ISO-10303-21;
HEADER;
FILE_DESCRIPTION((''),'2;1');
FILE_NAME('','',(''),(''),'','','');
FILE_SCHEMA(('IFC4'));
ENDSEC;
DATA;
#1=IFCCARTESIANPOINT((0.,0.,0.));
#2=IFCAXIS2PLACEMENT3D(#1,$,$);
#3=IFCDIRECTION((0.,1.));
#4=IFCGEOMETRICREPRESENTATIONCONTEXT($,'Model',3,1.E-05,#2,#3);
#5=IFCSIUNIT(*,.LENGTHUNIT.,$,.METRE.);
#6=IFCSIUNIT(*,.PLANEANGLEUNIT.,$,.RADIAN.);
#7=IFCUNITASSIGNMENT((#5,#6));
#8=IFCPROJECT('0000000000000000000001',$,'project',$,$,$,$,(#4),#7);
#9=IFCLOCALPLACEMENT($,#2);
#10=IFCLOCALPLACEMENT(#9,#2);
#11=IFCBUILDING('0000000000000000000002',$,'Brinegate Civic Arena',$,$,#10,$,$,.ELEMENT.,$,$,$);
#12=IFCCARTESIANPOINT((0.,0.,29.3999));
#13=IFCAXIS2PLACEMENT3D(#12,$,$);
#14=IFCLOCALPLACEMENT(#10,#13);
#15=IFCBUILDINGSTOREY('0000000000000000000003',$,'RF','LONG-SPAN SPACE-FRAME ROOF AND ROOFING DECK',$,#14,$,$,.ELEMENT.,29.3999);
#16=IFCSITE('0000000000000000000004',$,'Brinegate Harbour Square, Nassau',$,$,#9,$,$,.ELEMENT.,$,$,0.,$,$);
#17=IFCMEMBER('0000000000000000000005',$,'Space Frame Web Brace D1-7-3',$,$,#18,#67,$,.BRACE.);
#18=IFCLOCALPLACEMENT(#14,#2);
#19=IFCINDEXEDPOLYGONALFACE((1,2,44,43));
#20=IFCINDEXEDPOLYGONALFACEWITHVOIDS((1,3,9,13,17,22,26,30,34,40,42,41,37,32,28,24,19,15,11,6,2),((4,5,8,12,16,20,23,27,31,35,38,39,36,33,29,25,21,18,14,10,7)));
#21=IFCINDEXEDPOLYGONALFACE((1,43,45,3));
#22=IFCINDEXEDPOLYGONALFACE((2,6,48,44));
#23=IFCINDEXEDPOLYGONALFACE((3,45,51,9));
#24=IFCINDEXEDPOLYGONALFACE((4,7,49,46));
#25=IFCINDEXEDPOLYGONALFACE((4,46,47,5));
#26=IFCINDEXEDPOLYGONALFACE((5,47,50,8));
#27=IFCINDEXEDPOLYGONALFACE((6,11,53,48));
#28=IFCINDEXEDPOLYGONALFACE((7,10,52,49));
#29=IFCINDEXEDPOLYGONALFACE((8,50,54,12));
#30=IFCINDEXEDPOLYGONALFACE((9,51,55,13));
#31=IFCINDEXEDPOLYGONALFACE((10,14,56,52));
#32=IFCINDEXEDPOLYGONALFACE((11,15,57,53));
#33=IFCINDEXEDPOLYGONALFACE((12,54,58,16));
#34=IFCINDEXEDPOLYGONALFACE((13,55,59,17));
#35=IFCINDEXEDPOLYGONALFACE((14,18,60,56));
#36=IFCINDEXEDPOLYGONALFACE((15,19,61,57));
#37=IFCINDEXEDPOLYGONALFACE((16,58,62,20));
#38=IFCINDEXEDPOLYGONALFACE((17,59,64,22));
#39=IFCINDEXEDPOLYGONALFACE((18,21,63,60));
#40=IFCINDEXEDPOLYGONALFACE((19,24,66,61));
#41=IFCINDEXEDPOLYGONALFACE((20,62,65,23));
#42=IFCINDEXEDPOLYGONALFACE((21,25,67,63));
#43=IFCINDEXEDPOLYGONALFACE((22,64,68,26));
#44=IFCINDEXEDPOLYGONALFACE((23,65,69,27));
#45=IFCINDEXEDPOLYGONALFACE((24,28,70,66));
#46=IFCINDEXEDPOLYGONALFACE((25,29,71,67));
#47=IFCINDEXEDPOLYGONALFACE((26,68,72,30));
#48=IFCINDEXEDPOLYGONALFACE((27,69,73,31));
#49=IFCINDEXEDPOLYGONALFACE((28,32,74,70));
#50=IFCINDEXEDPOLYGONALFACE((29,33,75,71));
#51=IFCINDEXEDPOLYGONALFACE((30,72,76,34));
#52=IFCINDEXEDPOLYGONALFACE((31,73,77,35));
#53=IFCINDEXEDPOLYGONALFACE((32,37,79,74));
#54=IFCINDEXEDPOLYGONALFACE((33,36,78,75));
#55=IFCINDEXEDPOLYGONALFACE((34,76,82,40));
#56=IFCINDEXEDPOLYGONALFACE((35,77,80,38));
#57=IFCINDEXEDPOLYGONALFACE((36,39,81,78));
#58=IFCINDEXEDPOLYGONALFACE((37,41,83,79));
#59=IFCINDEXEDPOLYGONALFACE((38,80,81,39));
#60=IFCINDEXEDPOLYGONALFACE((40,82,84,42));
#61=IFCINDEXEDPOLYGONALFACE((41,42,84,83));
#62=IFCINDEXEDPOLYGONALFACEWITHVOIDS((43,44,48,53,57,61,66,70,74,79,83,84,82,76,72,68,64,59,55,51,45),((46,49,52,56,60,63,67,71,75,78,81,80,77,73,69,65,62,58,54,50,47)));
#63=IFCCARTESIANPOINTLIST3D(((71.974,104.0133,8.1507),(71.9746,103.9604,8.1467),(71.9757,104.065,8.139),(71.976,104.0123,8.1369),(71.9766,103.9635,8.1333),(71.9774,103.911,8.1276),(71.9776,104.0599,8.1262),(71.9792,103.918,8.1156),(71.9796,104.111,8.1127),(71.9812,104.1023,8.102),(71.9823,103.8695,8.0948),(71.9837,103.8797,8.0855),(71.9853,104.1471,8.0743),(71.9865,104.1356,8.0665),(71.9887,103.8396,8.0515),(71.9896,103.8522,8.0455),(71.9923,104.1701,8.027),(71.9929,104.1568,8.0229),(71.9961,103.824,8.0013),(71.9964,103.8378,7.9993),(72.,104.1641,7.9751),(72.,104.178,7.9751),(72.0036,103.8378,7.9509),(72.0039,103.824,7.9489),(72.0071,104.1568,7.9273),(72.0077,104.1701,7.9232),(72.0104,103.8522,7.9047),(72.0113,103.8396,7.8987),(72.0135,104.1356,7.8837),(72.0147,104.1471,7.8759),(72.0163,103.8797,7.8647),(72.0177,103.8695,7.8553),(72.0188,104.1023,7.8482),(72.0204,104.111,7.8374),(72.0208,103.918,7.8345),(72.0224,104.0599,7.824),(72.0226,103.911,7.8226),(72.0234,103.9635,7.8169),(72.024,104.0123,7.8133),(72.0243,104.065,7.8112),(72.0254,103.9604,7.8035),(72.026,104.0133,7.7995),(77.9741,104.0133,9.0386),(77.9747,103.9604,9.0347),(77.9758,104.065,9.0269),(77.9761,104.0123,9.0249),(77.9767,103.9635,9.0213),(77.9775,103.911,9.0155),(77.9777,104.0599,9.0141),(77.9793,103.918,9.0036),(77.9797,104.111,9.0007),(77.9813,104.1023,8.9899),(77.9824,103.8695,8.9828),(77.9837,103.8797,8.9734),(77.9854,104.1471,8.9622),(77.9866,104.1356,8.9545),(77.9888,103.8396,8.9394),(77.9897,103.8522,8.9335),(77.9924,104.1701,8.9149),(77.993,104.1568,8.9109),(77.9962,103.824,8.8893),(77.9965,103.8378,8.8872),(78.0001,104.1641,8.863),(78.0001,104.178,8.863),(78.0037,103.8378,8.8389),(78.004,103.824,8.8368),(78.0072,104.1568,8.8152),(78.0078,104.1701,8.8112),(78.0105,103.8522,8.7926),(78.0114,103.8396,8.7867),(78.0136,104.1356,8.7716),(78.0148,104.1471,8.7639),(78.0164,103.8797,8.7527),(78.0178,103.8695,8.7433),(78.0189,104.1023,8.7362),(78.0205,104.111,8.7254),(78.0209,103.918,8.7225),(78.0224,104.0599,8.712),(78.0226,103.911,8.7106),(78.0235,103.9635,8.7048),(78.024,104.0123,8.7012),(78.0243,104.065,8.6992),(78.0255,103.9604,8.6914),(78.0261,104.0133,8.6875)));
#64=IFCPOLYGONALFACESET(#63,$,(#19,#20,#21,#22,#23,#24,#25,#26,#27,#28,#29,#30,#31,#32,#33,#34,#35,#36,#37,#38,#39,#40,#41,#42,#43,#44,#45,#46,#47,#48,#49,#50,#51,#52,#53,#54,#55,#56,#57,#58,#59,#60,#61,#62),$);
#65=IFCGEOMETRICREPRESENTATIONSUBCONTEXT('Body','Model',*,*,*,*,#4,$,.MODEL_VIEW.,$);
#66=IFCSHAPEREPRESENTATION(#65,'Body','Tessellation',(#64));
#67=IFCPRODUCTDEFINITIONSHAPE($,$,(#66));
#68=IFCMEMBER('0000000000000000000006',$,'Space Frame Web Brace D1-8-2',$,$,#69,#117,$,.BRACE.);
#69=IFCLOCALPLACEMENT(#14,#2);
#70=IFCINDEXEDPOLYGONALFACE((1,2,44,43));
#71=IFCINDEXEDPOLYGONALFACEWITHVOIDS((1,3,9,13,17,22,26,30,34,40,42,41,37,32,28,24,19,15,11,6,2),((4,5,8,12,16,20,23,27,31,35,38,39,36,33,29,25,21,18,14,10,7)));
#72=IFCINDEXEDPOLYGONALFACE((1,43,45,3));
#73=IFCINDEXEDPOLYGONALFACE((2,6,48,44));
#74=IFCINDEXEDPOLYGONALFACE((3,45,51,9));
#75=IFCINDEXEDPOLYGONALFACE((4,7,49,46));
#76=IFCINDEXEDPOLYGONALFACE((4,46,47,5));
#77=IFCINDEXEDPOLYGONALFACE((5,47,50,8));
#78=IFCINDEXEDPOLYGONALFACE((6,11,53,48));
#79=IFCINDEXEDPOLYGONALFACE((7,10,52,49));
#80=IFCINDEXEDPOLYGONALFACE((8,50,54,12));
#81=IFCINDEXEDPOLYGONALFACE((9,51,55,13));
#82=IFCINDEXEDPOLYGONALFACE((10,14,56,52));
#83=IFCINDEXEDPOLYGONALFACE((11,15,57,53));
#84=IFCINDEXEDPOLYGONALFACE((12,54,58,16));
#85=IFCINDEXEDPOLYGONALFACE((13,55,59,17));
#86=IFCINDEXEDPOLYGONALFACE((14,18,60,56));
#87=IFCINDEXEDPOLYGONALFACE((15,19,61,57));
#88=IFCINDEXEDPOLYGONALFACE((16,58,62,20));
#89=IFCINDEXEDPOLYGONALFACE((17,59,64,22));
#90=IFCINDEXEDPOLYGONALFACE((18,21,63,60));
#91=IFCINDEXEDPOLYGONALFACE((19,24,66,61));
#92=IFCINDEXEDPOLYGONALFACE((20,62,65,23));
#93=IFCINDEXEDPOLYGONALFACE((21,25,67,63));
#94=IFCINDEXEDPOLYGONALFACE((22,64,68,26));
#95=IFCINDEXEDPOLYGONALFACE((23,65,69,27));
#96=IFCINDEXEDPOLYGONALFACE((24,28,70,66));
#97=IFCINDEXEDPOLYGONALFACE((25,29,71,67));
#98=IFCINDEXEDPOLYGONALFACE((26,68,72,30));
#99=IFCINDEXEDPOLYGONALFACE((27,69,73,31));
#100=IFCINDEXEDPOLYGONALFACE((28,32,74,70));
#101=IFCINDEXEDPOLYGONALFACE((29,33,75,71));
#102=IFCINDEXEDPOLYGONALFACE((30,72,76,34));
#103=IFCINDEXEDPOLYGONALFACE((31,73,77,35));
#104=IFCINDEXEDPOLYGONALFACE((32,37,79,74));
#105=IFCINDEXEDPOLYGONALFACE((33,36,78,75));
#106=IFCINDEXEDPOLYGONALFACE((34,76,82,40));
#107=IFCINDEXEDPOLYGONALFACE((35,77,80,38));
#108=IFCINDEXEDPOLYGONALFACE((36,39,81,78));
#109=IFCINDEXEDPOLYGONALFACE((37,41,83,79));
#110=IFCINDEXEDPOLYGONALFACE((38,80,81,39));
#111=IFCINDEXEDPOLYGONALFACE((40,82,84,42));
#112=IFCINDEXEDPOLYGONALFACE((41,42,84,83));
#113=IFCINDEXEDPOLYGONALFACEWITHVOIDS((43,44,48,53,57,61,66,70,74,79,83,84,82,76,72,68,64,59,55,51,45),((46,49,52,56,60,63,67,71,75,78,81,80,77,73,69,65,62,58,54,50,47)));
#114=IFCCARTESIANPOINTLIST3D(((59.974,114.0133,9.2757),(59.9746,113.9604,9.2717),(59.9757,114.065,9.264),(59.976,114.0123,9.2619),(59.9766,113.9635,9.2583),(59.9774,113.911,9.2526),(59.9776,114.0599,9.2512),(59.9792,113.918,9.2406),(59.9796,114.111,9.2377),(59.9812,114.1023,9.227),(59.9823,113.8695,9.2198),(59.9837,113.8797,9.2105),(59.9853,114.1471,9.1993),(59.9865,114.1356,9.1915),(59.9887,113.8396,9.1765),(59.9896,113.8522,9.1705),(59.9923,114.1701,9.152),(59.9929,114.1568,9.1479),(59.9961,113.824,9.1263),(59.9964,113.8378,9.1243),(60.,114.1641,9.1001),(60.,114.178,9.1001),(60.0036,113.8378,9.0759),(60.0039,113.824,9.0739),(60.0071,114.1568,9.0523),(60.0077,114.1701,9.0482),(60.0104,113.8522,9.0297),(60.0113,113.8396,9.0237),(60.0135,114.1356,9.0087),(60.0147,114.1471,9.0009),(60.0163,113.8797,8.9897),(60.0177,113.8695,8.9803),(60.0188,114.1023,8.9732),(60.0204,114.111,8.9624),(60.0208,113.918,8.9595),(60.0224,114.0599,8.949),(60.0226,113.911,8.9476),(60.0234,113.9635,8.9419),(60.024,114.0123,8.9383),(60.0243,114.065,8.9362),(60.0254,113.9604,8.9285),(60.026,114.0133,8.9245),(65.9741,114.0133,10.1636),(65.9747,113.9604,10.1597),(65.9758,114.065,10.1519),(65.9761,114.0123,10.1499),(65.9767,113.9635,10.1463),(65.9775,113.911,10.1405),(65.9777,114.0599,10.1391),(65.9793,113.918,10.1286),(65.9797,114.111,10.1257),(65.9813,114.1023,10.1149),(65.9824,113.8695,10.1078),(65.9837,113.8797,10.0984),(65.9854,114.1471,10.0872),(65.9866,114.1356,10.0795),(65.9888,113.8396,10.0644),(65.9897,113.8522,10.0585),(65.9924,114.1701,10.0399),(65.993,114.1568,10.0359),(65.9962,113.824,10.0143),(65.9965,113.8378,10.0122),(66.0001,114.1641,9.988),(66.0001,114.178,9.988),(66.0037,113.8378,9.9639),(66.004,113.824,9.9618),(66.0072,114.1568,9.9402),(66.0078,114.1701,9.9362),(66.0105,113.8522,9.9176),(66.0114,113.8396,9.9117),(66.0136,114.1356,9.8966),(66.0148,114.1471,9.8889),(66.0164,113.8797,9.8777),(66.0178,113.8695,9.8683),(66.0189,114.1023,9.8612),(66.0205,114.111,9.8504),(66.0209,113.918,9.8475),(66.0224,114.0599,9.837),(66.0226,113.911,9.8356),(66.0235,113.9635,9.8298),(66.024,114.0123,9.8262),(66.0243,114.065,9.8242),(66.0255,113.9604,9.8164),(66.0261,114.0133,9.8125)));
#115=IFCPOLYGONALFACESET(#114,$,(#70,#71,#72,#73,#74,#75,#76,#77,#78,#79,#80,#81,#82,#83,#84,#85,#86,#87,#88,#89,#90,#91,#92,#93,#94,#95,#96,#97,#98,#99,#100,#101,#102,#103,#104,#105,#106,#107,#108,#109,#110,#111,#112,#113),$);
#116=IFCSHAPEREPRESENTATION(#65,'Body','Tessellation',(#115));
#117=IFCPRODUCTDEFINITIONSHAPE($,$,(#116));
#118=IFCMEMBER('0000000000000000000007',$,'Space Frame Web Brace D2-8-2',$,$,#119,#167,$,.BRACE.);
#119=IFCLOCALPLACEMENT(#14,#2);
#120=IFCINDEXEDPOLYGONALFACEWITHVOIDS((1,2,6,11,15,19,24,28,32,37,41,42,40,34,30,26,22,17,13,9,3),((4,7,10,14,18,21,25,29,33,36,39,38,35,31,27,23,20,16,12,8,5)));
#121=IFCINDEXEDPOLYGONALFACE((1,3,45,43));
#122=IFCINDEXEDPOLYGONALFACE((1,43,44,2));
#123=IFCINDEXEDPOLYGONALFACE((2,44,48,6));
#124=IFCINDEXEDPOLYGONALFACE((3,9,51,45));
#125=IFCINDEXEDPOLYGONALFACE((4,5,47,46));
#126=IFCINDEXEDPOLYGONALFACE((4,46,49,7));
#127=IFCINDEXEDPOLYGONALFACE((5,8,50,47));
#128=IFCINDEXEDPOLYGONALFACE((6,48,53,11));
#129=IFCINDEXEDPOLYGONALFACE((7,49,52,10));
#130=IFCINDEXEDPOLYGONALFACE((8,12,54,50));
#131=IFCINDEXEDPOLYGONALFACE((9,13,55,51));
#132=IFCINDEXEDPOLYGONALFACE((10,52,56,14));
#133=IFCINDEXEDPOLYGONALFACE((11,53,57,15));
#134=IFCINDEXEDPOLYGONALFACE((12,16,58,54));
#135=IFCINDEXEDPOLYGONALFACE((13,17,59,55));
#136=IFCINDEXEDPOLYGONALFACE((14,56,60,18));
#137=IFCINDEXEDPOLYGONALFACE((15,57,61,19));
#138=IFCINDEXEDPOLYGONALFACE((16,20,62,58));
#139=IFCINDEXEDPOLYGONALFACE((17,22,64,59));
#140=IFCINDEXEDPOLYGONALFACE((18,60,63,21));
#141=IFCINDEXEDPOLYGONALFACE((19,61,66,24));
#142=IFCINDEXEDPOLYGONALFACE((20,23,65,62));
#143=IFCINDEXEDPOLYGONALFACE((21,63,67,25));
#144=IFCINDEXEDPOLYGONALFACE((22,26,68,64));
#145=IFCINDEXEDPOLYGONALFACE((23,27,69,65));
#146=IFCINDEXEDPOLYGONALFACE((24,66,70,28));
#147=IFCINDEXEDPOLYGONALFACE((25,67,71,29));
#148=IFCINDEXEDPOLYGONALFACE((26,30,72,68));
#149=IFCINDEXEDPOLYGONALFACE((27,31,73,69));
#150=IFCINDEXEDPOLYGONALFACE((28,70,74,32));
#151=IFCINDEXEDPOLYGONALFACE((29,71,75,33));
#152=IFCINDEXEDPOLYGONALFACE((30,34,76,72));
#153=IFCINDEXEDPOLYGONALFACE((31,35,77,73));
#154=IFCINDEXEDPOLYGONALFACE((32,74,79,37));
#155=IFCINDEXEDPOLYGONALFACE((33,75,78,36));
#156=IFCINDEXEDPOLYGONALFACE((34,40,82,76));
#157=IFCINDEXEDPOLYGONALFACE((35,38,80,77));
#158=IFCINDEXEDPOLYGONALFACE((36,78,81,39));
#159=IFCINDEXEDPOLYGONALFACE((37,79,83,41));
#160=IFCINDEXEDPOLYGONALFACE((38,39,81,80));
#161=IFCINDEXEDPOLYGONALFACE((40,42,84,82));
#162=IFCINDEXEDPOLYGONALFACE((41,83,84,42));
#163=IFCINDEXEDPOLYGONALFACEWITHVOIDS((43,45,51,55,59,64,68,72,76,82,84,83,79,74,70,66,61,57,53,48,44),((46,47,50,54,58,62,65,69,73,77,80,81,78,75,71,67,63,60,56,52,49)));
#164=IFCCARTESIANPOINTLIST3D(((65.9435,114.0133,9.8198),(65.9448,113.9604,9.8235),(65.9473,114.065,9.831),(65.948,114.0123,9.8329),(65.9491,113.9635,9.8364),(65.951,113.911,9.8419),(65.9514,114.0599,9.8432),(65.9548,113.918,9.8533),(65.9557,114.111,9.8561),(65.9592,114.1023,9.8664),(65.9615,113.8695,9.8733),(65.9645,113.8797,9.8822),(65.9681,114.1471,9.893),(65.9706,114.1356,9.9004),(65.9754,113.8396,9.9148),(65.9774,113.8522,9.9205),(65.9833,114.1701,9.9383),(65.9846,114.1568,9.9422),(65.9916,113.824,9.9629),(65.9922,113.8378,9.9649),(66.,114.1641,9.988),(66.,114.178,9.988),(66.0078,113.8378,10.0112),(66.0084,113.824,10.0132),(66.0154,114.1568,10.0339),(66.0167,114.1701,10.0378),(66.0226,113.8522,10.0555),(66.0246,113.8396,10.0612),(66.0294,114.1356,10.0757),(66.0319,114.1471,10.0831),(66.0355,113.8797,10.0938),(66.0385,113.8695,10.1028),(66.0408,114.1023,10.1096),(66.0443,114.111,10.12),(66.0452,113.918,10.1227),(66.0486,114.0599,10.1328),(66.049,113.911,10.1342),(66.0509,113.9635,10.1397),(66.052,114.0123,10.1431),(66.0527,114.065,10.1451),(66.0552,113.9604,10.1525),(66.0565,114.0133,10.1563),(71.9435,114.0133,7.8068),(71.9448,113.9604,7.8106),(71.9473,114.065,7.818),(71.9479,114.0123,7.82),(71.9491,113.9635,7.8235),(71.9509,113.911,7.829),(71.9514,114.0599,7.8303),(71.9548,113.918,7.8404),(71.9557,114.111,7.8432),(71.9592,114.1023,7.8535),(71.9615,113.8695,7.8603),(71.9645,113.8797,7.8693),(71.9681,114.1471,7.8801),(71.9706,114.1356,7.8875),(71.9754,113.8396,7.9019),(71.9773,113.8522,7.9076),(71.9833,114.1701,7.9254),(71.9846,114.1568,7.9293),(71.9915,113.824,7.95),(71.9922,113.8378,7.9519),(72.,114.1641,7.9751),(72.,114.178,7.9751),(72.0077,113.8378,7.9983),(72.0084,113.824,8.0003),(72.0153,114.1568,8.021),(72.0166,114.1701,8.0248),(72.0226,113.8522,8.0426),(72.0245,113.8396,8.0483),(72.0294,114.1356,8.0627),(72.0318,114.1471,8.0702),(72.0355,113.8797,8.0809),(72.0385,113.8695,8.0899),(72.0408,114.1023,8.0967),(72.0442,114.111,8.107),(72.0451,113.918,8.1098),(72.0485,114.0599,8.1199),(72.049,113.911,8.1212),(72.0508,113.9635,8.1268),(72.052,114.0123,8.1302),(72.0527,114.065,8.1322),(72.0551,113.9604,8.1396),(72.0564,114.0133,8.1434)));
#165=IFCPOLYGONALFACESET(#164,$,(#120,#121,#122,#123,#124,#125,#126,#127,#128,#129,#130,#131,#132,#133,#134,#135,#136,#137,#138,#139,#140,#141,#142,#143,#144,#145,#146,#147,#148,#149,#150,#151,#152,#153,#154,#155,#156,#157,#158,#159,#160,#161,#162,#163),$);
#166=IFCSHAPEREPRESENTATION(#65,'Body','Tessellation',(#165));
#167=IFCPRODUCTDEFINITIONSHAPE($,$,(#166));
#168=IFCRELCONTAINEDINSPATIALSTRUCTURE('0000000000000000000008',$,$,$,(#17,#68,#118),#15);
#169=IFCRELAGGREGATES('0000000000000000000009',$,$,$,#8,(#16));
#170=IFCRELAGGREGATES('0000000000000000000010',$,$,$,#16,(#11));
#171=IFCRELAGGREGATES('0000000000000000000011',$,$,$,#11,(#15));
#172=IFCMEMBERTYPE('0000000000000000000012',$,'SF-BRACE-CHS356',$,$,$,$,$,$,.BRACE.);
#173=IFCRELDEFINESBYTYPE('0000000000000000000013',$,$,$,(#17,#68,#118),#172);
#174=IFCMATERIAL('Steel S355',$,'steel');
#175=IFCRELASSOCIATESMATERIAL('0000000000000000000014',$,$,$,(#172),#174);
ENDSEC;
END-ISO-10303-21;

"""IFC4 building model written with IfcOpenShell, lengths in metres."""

from ifc_helpers import new_model, si_unit, direction, frame, origin, origin_2d, place, context, subcontext, project, spatial, hollow_circle, extrude, material, material_profile, profile_set, type_object, element, save


model = new_model("IFC4")

# Units and contexts
model_context = context("Model", 3, precision=1e-05, world=origin(), true_north=direction((0.0, 1.0)))
body_context = subcontext(model_context, "Body", "Model", "MODEL_VIEW")
ifc_project = project(units=[si_unit("LENGTHUNIT", "METRE"), si_unit("PLANEANGLEUNIT", "RADIAN")], contexts=[model_context])

# Site, building, storey
site_placement = place(None, origin())
site = spatial("IfcSite", under=ifc_project, at=site_placement, Name="Brinegate Harbour Square, Nassau", CompositionType="ELEMENT", RefElevation=0.0)
building_placement = place(site_placement, origin())
building = spatial("IfcBuilding", under=site, at=building_placement, Name="Brinegate Civic Arena", CompositionType="ELEMENT")
storey_placement = place(building_placement, frame((0.0, 0.0, 29.3999)))
storey = spatial("IfcBuildingStorey", under=building, at=storey_placement, Name="RF", Description="LONG-SPAN SPACE-FRAME ROOF AND ROOFING DECK", CompositionType="ELEMENT", Elevation=29.3999)

# Shared definitions
ifc_material_1 = material(Name="Steel S355", Category="steel")

# Members
ifc_material_profile_1 = material_profile(ifc_material_1, hollow_circle(Radius=0.178, WallThickness=0.0139, at=origin_2d()), Name="CHS356X14")
ifc_profile_set_1 = profile_set([ifc_material_profile_1], Name="Steel S355")
member_type_1 = type_object("IfcMemberType", Name="SF-BRACE-CHS356", PredefinedType="BRACE", material=ifc_profile_set_1)
for number, where, z_axis, x_axis, name in (
    (1, (72.0, 104.0, 7.9751), (0.989226, 0.0, 0.146395), (0.0, 1.0, 0.0), "Space Frame Web Brace D1-7-3"),
    (2, (60.0, 114.0, 9.1001), (0.989226, 0.0, 0.146395), (0.0, 1.0, 0.0), "Space Frame Web Brace D1-8-2"),
):
    element("IfcMember", number, at=place(storey_placement, frame(where, z_axis=z_axis, x_axis=x_axis)), inside=storey, type_object=member_type_1, Name=name, PredefinedType="BRACE", context=body_context, shape_type="SweptSolid", body=[
        extrude(hollow_circle(Radius=0.178, WallThickness=0.0139, at=origin_2d()), origin(), (0.0, 0.0, 1.0), 6.0654),
    ])
member_1_placement = place(storey_placement, frame((66.0, 114.0, 9.988), z_axis=(0.948068, 0.0, -0.318067), x_axis=(0.0, 1.0, 0.0)))
element("IfcMember", 3, at=member_1_placement, inside=storey, type_object=member_type_1, Name="Space Frame Web Brace D2-8-2", PredefinedType="BRACE", context=body_context, shape_type="SweptSolid", body=[
    extrude(hollow_circle(Radius=0.178, WallThickness=0.0139, at=origin_2d()), origin(), (0.0, 0.0, 1.0), 6.3286),
])

save(model, "model.ifc")
